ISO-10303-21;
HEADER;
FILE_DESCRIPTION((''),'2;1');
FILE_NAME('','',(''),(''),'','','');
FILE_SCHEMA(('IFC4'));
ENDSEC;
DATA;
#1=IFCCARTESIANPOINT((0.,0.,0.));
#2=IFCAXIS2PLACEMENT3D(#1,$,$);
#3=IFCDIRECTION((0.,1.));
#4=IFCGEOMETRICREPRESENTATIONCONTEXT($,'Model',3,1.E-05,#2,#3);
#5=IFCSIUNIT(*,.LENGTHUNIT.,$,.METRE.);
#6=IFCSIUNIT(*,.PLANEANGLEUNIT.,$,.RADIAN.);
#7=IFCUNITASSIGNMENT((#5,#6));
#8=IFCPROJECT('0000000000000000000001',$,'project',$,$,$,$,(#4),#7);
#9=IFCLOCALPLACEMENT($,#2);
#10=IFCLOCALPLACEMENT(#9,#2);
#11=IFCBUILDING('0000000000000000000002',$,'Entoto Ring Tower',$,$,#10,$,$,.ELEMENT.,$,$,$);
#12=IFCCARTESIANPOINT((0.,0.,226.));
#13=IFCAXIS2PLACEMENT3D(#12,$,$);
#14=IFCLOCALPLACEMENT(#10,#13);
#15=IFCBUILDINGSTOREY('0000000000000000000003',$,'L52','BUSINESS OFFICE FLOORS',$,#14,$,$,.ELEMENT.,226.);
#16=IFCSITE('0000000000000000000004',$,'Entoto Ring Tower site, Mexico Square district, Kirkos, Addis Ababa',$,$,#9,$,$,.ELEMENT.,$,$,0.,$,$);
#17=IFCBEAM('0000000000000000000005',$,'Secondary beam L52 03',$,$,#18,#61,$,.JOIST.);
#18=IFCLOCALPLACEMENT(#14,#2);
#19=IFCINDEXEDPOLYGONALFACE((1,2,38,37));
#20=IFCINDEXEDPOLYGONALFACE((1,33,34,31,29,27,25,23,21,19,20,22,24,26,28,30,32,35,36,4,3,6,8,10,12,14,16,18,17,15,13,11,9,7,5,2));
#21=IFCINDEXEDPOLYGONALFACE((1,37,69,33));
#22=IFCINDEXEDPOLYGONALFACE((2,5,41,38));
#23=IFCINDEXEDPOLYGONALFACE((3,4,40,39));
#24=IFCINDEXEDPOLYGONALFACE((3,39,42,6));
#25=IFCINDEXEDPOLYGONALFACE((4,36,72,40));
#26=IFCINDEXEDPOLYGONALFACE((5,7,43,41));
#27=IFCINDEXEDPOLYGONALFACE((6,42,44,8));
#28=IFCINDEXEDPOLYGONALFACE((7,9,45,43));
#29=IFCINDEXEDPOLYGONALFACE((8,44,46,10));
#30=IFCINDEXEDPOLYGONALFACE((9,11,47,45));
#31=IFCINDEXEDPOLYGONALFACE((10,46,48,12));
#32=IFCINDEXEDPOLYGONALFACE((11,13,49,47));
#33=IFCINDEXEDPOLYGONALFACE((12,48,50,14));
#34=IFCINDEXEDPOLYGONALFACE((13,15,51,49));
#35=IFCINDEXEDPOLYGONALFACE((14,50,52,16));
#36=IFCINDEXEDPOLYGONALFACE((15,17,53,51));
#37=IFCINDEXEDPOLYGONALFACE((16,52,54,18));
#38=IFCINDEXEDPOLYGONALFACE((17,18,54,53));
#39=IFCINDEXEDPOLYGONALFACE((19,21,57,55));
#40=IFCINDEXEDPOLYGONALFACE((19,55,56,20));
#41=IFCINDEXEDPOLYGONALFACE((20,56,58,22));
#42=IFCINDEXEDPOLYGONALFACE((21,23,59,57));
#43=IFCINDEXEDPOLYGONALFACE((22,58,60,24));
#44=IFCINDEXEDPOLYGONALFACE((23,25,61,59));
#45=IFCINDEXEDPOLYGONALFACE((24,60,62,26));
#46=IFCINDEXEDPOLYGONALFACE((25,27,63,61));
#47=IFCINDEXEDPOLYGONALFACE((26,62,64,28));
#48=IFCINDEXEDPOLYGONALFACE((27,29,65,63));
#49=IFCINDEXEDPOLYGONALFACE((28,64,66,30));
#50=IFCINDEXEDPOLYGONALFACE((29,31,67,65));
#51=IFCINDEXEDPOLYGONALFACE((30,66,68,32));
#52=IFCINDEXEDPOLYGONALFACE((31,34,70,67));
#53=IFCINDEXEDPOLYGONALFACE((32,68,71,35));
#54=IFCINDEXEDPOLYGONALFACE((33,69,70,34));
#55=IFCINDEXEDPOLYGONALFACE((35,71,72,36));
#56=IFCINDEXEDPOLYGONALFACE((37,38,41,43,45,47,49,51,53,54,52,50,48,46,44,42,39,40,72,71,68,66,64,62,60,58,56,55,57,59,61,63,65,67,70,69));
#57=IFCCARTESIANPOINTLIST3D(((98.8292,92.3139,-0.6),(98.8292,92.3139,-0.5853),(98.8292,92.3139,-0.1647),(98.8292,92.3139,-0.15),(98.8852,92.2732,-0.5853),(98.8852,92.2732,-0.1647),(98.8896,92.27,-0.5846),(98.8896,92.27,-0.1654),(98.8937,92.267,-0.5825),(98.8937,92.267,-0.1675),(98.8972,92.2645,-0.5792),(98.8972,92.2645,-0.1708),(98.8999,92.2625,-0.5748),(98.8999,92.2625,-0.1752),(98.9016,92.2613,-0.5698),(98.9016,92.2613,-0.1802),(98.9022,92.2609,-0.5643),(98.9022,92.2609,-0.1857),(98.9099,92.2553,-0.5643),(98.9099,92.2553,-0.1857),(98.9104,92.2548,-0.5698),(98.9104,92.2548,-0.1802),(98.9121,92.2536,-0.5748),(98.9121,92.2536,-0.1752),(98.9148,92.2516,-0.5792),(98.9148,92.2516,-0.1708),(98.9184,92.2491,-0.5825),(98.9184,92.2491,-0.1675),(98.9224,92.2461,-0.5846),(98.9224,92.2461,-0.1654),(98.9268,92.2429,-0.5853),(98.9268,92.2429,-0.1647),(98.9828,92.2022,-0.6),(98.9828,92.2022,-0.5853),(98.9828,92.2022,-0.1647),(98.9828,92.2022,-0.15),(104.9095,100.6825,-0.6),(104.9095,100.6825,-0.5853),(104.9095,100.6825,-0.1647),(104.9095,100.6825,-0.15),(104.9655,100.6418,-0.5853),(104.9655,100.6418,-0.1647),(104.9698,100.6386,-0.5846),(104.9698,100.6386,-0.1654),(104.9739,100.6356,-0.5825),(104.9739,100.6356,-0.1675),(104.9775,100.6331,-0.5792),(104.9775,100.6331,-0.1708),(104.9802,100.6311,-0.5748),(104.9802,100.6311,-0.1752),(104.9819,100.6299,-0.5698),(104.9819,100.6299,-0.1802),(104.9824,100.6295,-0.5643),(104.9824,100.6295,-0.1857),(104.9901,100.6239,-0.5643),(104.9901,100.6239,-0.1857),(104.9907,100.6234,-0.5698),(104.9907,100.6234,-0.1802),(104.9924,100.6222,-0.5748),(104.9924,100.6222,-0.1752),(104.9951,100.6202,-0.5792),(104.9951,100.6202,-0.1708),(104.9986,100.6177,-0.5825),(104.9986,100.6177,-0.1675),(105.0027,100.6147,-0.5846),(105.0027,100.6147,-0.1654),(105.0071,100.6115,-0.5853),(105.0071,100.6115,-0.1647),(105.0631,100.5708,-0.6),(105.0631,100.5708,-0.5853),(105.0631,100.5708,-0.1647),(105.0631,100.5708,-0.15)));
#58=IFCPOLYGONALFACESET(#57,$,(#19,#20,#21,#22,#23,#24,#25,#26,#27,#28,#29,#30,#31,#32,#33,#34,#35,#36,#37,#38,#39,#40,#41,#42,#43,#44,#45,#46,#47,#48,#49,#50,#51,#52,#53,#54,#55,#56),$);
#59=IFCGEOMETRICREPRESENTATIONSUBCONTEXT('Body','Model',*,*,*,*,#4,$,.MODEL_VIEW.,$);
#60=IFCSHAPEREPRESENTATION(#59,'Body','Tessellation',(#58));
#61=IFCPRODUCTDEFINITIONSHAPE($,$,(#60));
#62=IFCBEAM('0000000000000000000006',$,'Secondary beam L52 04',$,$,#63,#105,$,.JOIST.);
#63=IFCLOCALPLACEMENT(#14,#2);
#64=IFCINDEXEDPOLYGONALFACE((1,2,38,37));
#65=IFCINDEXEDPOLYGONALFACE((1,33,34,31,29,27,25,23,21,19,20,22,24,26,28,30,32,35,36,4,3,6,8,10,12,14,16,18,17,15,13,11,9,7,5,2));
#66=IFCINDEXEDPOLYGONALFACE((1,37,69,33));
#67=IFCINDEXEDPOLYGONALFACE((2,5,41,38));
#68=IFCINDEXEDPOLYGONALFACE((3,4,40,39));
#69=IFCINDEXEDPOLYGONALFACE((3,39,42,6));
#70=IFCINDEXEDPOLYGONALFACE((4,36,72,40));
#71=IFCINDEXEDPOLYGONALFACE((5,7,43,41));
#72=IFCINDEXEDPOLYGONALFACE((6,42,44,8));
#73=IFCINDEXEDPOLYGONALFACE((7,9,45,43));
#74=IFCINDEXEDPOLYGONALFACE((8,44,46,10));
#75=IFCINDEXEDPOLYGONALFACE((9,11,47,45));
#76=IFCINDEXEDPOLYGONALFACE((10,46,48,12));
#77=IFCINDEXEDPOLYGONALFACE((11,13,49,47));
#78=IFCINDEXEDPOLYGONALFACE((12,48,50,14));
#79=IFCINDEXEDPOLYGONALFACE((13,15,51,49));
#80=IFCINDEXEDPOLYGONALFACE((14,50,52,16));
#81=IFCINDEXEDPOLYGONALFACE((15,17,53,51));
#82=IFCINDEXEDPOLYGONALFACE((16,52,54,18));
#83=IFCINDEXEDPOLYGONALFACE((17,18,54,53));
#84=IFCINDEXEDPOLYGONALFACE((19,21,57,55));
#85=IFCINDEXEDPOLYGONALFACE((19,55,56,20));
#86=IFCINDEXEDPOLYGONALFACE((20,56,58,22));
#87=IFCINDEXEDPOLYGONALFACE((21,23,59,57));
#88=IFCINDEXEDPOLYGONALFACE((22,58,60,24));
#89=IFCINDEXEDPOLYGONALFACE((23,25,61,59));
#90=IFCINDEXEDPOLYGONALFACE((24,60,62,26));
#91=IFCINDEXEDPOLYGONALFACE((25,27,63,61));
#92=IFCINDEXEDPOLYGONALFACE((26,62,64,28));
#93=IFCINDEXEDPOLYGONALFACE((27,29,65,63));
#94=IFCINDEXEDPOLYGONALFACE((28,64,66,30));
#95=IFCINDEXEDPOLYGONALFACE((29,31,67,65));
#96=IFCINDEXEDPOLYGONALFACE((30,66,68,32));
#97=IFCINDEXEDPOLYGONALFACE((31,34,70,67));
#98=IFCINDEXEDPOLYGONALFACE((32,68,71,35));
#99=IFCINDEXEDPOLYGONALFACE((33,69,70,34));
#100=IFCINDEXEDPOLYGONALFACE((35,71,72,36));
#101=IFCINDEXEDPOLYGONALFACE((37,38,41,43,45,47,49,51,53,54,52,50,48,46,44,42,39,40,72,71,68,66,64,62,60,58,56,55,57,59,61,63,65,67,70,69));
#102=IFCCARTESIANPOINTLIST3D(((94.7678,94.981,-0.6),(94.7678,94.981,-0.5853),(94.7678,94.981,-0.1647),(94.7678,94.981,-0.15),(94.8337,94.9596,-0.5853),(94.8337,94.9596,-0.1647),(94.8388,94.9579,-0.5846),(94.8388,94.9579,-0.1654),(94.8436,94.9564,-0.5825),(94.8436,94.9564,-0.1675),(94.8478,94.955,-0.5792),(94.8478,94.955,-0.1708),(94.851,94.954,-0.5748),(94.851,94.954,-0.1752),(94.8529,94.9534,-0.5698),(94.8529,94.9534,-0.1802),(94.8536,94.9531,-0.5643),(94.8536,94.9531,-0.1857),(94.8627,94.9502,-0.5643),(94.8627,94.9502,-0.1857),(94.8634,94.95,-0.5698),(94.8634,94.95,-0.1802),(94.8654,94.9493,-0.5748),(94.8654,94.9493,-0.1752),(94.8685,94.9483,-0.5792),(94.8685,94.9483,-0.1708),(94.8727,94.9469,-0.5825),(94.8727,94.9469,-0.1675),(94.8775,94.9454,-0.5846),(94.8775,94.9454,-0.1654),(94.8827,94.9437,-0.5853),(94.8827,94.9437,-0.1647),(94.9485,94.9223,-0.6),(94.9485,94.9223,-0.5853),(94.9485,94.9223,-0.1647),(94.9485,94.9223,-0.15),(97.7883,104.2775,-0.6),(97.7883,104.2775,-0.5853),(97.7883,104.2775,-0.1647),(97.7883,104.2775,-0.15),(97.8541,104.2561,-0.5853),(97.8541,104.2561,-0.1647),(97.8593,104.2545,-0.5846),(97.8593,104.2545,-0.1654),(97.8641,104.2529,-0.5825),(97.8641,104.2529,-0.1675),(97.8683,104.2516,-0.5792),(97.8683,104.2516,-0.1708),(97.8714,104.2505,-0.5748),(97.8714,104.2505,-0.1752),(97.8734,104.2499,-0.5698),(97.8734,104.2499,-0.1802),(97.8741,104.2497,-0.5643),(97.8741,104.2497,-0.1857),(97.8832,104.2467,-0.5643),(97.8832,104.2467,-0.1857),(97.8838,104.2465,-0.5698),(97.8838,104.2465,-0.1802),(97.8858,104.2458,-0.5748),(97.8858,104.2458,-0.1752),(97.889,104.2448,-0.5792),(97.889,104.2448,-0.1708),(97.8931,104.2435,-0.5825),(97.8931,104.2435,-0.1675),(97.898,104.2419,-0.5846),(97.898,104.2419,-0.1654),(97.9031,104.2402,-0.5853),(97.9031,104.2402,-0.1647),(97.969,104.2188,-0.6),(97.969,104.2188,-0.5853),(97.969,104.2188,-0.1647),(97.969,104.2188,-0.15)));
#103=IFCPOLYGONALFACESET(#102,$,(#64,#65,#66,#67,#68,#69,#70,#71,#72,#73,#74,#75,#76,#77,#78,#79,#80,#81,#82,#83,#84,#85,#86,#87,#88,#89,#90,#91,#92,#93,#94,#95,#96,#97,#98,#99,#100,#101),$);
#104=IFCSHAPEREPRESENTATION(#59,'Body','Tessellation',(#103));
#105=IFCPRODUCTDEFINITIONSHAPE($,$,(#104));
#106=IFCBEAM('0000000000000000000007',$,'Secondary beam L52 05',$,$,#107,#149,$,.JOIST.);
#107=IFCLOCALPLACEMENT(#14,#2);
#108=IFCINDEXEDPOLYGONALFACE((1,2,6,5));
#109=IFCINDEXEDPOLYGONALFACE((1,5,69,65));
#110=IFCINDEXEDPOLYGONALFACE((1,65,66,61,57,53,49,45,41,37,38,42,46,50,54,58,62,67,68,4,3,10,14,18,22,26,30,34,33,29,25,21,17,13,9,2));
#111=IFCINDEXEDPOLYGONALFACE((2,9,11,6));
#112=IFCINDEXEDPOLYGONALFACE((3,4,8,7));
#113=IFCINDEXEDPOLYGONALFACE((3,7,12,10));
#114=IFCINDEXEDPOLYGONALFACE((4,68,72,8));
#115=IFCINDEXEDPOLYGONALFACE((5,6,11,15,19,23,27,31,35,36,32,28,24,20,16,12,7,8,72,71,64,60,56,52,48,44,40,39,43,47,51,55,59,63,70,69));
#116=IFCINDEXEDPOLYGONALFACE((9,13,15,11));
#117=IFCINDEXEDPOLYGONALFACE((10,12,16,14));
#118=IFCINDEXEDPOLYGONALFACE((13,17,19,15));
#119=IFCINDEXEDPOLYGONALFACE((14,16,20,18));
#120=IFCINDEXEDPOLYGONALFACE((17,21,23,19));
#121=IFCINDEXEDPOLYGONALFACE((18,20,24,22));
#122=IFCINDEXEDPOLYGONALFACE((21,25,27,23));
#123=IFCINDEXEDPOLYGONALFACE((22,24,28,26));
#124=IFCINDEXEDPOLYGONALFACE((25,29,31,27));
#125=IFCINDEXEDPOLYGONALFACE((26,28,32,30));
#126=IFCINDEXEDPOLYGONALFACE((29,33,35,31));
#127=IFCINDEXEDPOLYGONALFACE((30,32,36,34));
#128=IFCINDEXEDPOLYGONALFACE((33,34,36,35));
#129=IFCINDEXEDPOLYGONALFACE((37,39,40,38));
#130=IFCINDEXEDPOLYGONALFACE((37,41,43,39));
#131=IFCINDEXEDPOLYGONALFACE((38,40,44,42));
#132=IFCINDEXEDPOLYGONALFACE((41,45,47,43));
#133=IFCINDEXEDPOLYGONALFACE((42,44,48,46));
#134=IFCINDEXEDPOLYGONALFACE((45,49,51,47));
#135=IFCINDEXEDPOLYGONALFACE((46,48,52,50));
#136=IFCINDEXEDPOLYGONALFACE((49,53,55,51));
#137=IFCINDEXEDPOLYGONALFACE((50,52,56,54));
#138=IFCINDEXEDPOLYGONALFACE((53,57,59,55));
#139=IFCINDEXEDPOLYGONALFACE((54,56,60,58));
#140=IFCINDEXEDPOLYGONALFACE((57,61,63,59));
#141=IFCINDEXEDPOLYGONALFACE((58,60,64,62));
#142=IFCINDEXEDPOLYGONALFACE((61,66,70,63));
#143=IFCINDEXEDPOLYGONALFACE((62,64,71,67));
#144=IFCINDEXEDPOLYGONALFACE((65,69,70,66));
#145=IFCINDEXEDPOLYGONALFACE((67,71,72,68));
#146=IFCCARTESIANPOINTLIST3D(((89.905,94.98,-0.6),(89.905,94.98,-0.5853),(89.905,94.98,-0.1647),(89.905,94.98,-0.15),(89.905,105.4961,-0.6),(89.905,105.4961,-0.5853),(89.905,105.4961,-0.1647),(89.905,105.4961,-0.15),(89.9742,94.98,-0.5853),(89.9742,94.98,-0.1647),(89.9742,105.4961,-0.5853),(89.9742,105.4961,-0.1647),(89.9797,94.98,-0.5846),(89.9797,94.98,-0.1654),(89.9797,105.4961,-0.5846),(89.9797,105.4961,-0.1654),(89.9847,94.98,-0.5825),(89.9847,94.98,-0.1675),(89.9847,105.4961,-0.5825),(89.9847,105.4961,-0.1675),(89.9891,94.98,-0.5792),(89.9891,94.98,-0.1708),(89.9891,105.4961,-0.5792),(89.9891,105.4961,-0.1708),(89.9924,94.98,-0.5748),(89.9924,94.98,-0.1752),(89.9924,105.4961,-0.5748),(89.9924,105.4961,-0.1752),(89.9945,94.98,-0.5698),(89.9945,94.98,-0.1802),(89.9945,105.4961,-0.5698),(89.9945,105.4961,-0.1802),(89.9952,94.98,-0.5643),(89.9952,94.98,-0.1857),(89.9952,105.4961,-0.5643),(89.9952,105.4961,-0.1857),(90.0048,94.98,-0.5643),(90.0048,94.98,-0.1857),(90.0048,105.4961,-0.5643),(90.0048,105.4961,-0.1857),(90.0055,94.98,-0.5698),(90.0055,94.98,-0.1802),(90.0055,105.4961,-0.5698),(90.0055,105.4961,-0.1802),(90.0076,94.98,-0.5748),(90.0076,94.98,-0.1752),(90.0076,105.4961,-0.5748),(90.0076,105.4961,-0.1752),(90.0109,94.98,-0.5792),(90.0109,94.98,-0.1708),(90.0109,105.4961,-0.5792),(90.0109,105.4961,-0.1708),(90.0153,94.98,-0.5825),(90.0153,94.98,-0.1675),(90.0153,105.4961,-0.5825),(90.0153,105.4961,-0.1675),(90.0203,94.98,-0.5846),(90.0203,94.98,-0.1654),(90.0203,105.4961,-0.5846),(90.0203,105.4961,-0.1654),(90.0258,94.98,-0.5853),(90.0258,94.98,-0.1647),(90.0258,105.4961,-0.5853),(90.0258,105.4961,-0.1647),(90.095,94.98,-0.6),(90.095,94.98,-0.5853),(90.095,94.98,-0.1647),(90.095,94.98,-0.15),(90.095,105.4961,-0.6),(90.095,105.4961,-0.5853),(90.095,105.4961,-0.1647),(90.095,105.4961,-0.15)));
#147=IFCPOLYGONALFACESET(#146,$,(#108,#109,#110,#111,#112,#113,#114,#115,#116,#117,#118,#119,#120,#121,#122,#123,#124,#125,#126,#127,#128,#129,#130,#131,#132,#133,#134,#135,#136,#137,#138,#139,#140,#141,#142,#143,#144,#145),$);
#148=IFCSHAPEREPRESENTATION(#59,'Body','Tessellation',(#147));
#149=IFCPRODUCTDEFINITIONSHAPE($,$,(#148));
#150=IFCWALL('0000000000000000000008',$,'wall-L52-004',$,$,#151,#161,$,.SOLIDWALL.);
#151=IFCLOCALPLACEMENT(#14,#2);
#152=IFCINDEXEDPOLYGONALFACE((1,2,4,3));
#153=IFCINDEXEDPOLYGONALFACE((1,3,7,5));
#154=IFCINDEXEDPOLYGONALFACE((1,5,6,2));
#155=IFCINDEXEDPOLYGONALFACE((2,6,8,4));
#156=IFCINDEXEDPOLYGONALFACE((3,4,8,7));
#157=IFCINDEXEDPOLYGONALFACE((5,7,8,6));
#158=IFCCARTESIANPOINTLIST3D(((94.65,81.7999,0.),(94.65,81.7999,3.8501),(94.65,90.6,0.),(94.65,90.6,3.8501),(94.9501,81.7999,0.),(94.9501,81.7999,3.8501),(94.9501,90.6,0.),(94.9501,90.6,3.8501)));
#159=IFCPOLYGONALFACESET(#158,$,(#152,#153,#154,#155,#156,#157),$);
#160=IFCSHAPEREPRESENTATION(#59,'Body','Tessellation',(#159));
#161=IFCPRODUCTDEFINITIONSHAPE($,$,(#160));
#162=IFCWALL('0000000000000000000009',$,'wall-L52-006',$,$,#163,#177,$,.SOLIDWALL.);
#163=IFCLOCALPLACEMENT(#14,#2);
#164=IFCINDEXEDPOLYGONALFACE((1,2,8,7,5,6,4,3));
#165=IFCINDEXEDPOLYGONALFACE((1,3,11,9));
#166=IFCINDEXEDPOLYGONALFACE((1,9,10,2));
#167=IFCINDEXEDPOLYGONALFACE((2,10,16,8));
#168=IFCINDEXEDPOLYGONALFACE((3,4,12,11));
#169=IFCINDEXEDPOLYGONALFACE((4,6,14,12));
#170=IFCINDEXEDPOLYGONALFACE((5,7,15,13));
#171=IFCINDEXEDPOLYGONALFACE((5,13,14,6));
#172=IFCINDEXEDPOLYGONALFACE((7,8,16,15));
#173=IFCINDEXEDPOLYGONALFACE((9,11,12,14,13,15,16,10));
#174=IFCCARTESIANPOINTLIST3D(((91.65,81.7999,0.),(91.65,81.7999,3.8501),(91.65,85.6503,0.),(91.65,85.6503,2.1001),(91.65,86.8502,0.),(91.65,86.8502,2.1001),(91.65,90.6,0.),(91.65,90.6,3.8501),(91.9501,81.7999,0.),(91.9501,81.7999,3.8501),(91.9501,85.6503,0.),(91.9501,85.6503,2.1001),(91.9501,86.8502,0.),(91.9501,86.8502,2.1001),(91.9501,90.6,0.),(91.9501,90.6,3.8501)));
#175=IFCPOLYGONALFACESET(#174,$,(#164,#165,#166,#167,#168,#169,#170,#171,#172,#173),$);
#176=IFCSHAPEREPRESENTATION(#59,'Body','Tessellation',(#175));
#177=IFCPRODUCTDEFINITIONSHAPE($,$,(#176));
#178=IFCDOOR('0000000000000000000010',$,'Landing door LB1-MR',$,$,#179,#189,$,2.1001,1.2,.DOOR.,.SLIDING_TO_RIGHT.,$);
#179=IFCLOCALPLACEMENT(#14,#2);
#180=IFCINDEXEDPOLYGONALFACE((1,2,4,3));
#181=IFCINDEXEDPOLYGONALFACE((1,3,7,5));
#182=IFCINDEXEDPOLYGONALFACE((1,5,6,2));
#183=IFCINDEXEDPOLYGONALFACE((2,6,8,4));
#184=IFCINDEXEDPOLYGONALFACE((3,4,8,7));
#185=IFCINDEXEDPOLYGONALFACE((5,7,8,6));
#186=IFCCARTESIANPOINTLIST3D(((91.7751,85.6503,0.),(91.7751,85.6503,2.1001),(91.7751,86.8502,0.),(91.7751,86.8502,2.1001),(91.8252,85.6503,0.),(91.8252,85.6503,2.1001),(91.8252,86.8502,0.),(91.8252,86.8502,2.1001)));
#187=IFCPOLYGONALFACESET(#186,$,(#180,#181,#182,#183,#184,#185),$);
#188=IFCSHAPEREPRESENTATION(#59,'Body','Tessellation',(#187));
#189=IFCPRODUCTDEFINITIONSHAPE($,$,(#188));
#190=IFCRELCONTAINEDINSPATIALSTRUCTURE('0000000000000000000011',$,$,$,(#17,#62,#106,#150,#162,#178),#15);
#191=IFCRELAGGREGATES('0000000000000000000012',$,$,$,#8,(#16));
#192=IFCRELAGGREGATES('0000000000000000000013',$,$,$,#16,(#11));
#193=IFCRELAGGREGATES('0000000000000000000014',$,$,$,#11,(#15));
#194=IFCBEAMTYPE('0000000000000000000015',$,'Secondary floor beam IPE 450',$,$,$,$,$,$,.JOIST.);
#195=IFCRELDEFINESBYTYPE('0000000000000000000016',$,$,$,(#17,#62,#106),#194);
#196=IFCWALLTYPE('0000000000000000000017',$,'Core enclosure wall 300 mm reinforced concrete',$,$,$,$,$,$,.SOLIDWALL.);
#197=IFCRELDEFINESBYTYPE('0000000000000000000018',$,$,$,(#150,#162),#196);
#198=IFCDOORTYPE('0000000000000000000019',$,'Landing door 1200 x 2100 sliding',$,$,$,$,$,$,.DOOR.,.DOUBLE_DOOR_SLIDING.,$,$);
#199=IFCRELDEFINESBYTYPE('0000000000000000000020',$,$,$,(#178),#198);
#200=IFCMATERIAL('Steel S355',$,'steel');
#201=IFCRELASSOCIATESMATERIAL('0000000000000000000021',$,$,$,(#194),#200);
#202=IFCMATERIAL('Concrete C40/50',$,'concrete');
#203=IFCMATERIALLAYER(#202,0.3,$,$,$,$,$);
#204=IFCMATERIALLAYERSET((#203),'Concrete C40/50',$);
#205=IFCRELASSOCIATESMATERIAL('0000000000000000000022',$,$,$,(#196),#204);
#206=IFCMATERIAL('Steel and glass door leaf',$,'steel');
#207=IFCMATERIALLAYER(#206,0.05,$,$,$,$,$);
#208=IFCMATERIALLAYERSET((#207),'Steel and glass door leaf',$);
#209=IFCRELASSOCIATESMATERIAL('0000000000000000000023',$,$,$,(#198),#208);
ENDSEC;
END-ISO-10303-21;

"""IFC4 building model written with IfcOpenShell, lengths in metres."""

from ifc_helpers import new_model, si_unit, direction, frame, frame_2d, origin, origin_2d, place, context, subcontext, project, spatial, rectangle, i_section, extrude, material, layer, layer_set, material_profile, profile_set, type_object, element, fill, save


model = new_model("IFC4")

# Units and contexts
model_context = context("Model", 3, precision=1e-05, world=origin(), true_north=direction((0.0, 1.0)))
body_context = subcontext(model_context, "Body", "Model", "MODEL_VIEW")
ifc_project = project(units=[si_unit("LENGTHUNIT", "METRE"), si_unit("PLANEANGLEUNIT", "RADIAN")], contexts=[model_context])

# Site, building, storey
site_placement = place(None, origin())
site = spatial("IfcSite", under=ifc_project, at=site_placement, Name="Entoto Ring Tower site, Mexico Square district, Kirkos, Addis Ababa", CompositionType="ELEMENT", RefElevation=0.0)
building_placement = place(site_placement, origin())
building = spatial("IfcBuilding", under=site, at=building_placement, Name="Entoto Ring Tower", CompositionType="ELEMENT")
storey_placement = place(building_placement, frame((0.0, 0.0, 226.0)))
storey = spatial("IfcBuildingStorey", under=building, at=storey_placement, Name="L52", Description="BUSINESS OFFICE FLOORS", CompositionType="ELEMENT", Elevation=226.0)

# Beams
ifc_material_1 = material(Name="Steel S355", Category="steel")
ifc_material_profile_1 = material_profile(ifc_material_1, i_section(OverallWidth=0.1899, OverallDepth=0.45, WebThickness=0.0095, FlangeThickness=0.0146, FilletRadius=0.021, at=origin_2d()), Name="IPE 450")
ifc_profile_set_1 = profile_set([ifc_material_profile_1], Name="Steel S355")
beam_type_1 = type_object("IfcBeamType", Name="Secondary floor beam IPE 450", PredefinedType="JOIST", material=ifc_profile_set_1)
beam_1_placement = place(storey_placement, frame((98.906, 92.2581, -0.375), z_axis=(0.587794, 0.809011, 0.0), x_axis=(-0.809011, 0.587794, 0.0)))
element("IfcBeam", 1, at=beam_1_placement, inside=storey, type_object=beam_type_1, Name="Secondary beam L52 03", PredefinedType="JOIST", context=body_context, shape_type="SweptSolid", body=[
    extrude(i_section(OverallWidth=0.1899, OverallDepth=0.45, WebThickness=0.0095, FlangeThickness=0.0146, FilletRadius=0.021, at=origin_2d()), origin(), (0.0, 0.0, 1.0), 10.3442),
])
beam_2_placement = place(storey_placement, frame((94.8582, 94.9517, -0.375), z_axis=(0.309003, 0.951061, 0.0), x_axis=(-0.951061, 0.309003, 0.0)))
element("IfcBeam", 2, at=beam_2_placement, inside=storey, type_object=beam_type_1, Name="Secondary beam L52 04", PredefinedType="JOIST", context=body_context, shape_type="SweptSolid", body=[
    extrude(i_section(OverallWidth=0.1899, OverallDepth=0.45, WebThickness=0.0095, FlangeThickness=0.0146, FilletRadius=0.021, at=origin_2d()), origin(), (0.0, 0.0, 1.0), 9.7749),
])
beam_3_placement = place(storey_placement, frame((90.0, 94.98, -0.375), z_axis=(0.0, 1.0, 0.0), x_axis=(-1.0, 0.0, 0.0)))
element("IfcBeam", 3, at=beam_3_placement, inside=storey, type_object=beam_type_1, Name="Secondary beam L52 05", PredefinedType="JOIST", context=body_context, shape_type="SweptSolid", body=[
    extrude(i_section(OverallWidth=0.1899, OverallDepth=0.45, WebThickness=0.0095, FlangeThickness=0.0146, FilletRadius=0.021, at=origin_2d()), origin(), (0.0, 0.0, 1.0), 10.5161),
])

# Wall
ifc_material_2 = material(Name="Concrete C40/50", Category="concrete")
ifc_layer_1 = layer(ifc_material_2, 0.3)
ifc_layer_set_1 = layer_set([ifc_layer_1], Name="Concrete C40/50")
wall_type_1 = type_object("IfcWallType", Name="Core enclosure wall 300 mm reinforced concrete", PredefinedType="SOLIDWALL", material=ifc_layer_set_1)
wall_1_placement = place(storey_placement, frame((94.8, 81.8, 0.0), z_axis=(0.0, 0.0, 1.0), x_axis=(0.0, 1.0, 0.0)))
element("IfcWall", 4, at=wall_1_placement, inside=storey, type_object=wall_type_1, Name="wall-L52-004", PredefinedType="SOLIDWALL", context=body_context, shape_type="SweptSolid", body=[
    extrude(rectangle(XDim=8.8, YDim=0.3, at=frame_2d((4.3999, 0.0))), origin(), (0.0, 0.0, 1.0), 3.8501),
])

# Wall, opening, door
wall_2_placement = place(storey_placement, frame((91.8, 81.8, 0.0), z_axis=(0.0, 0.0, 1.0), x_axis=(0.0, 1.0, 0.0)))
wall_2 = element("IfcWall", 5, at=wall_2_placement, inside=storey, type_object=wall_type_1, Name="wall-L52-006", PredefinedType="SOLIDWALL", context=body_context, shape_type="SweptSolid", body=[
    extrude(rectangle(XDim=8.8, YDim=0.3, at=frame_2d((4.3999, 0.0))), origin(), (0.0, 0.0, 1.0), 3.8501),
])
opening_1_placement = place(wall_2_placement, frame((3.8501, 0.0, 0.0)))
opening_1 = element("IfcOpeningElement", 6, at=opening_1_placement, cuts=wall_2, PredefinedType="OPENING", context=body_context, shape_type="SweptSolid", body=[
    extrude(rectangle(XDim=1.2, YDim=2.1001, at=frame_2d((0.6001, 1.05))), frame((0.0, 0.1602, 0.0), z_axis=(0.0, -1.0, 0.0), x_axis=(1.0, 0.0, 0.0)), (0.0, 0.0, 1.0), 0.3201),
])
ifc_material_3 = material(Name="Steel and glass door leaf", Category="steel")
ifc_layer_2 = layer(ifc_material_3, 0.05)
ifc_layer_set_2 = layer_set([ifc_layer_2], Name="Steel and glass door leaf")
door_type_1 = type_object("IfcDoorType", Name="Landing door 1200 x 2100 sliding", OperationType="DOUBLE_DOOR_SLIDING", PredefinedType="DOOR", material=ifc_layer_set_2)
door_1_placement = place(opening_1_placement, origin())
door_1 = element("IfcDoor", 7, at=door_1_placement, inside=storey, type_object=door_type_1, Name="Landing door LB1-MR", OperationType="SLIDING_TO_RIGHT", OverallHeight=2.1001, OverallWidth=1.2, PredefinedType="DOOR", context=body_context, shape_type="SweptSolid", body=[
    extrude(rectangle(XDim=1.2, YDim=2.1001, at=frame_2d((0.6001, 1.05))), frame((0.0, 0.0249, 0.0), z_axis=(0.0, -1.0, 0.0), x_axis=(1.0, 0.0, 0.0)), (0.0, 0.0, 1.0), 0.05),
])
fill(opening_1, door_1)

save(model, "model.ifc")
